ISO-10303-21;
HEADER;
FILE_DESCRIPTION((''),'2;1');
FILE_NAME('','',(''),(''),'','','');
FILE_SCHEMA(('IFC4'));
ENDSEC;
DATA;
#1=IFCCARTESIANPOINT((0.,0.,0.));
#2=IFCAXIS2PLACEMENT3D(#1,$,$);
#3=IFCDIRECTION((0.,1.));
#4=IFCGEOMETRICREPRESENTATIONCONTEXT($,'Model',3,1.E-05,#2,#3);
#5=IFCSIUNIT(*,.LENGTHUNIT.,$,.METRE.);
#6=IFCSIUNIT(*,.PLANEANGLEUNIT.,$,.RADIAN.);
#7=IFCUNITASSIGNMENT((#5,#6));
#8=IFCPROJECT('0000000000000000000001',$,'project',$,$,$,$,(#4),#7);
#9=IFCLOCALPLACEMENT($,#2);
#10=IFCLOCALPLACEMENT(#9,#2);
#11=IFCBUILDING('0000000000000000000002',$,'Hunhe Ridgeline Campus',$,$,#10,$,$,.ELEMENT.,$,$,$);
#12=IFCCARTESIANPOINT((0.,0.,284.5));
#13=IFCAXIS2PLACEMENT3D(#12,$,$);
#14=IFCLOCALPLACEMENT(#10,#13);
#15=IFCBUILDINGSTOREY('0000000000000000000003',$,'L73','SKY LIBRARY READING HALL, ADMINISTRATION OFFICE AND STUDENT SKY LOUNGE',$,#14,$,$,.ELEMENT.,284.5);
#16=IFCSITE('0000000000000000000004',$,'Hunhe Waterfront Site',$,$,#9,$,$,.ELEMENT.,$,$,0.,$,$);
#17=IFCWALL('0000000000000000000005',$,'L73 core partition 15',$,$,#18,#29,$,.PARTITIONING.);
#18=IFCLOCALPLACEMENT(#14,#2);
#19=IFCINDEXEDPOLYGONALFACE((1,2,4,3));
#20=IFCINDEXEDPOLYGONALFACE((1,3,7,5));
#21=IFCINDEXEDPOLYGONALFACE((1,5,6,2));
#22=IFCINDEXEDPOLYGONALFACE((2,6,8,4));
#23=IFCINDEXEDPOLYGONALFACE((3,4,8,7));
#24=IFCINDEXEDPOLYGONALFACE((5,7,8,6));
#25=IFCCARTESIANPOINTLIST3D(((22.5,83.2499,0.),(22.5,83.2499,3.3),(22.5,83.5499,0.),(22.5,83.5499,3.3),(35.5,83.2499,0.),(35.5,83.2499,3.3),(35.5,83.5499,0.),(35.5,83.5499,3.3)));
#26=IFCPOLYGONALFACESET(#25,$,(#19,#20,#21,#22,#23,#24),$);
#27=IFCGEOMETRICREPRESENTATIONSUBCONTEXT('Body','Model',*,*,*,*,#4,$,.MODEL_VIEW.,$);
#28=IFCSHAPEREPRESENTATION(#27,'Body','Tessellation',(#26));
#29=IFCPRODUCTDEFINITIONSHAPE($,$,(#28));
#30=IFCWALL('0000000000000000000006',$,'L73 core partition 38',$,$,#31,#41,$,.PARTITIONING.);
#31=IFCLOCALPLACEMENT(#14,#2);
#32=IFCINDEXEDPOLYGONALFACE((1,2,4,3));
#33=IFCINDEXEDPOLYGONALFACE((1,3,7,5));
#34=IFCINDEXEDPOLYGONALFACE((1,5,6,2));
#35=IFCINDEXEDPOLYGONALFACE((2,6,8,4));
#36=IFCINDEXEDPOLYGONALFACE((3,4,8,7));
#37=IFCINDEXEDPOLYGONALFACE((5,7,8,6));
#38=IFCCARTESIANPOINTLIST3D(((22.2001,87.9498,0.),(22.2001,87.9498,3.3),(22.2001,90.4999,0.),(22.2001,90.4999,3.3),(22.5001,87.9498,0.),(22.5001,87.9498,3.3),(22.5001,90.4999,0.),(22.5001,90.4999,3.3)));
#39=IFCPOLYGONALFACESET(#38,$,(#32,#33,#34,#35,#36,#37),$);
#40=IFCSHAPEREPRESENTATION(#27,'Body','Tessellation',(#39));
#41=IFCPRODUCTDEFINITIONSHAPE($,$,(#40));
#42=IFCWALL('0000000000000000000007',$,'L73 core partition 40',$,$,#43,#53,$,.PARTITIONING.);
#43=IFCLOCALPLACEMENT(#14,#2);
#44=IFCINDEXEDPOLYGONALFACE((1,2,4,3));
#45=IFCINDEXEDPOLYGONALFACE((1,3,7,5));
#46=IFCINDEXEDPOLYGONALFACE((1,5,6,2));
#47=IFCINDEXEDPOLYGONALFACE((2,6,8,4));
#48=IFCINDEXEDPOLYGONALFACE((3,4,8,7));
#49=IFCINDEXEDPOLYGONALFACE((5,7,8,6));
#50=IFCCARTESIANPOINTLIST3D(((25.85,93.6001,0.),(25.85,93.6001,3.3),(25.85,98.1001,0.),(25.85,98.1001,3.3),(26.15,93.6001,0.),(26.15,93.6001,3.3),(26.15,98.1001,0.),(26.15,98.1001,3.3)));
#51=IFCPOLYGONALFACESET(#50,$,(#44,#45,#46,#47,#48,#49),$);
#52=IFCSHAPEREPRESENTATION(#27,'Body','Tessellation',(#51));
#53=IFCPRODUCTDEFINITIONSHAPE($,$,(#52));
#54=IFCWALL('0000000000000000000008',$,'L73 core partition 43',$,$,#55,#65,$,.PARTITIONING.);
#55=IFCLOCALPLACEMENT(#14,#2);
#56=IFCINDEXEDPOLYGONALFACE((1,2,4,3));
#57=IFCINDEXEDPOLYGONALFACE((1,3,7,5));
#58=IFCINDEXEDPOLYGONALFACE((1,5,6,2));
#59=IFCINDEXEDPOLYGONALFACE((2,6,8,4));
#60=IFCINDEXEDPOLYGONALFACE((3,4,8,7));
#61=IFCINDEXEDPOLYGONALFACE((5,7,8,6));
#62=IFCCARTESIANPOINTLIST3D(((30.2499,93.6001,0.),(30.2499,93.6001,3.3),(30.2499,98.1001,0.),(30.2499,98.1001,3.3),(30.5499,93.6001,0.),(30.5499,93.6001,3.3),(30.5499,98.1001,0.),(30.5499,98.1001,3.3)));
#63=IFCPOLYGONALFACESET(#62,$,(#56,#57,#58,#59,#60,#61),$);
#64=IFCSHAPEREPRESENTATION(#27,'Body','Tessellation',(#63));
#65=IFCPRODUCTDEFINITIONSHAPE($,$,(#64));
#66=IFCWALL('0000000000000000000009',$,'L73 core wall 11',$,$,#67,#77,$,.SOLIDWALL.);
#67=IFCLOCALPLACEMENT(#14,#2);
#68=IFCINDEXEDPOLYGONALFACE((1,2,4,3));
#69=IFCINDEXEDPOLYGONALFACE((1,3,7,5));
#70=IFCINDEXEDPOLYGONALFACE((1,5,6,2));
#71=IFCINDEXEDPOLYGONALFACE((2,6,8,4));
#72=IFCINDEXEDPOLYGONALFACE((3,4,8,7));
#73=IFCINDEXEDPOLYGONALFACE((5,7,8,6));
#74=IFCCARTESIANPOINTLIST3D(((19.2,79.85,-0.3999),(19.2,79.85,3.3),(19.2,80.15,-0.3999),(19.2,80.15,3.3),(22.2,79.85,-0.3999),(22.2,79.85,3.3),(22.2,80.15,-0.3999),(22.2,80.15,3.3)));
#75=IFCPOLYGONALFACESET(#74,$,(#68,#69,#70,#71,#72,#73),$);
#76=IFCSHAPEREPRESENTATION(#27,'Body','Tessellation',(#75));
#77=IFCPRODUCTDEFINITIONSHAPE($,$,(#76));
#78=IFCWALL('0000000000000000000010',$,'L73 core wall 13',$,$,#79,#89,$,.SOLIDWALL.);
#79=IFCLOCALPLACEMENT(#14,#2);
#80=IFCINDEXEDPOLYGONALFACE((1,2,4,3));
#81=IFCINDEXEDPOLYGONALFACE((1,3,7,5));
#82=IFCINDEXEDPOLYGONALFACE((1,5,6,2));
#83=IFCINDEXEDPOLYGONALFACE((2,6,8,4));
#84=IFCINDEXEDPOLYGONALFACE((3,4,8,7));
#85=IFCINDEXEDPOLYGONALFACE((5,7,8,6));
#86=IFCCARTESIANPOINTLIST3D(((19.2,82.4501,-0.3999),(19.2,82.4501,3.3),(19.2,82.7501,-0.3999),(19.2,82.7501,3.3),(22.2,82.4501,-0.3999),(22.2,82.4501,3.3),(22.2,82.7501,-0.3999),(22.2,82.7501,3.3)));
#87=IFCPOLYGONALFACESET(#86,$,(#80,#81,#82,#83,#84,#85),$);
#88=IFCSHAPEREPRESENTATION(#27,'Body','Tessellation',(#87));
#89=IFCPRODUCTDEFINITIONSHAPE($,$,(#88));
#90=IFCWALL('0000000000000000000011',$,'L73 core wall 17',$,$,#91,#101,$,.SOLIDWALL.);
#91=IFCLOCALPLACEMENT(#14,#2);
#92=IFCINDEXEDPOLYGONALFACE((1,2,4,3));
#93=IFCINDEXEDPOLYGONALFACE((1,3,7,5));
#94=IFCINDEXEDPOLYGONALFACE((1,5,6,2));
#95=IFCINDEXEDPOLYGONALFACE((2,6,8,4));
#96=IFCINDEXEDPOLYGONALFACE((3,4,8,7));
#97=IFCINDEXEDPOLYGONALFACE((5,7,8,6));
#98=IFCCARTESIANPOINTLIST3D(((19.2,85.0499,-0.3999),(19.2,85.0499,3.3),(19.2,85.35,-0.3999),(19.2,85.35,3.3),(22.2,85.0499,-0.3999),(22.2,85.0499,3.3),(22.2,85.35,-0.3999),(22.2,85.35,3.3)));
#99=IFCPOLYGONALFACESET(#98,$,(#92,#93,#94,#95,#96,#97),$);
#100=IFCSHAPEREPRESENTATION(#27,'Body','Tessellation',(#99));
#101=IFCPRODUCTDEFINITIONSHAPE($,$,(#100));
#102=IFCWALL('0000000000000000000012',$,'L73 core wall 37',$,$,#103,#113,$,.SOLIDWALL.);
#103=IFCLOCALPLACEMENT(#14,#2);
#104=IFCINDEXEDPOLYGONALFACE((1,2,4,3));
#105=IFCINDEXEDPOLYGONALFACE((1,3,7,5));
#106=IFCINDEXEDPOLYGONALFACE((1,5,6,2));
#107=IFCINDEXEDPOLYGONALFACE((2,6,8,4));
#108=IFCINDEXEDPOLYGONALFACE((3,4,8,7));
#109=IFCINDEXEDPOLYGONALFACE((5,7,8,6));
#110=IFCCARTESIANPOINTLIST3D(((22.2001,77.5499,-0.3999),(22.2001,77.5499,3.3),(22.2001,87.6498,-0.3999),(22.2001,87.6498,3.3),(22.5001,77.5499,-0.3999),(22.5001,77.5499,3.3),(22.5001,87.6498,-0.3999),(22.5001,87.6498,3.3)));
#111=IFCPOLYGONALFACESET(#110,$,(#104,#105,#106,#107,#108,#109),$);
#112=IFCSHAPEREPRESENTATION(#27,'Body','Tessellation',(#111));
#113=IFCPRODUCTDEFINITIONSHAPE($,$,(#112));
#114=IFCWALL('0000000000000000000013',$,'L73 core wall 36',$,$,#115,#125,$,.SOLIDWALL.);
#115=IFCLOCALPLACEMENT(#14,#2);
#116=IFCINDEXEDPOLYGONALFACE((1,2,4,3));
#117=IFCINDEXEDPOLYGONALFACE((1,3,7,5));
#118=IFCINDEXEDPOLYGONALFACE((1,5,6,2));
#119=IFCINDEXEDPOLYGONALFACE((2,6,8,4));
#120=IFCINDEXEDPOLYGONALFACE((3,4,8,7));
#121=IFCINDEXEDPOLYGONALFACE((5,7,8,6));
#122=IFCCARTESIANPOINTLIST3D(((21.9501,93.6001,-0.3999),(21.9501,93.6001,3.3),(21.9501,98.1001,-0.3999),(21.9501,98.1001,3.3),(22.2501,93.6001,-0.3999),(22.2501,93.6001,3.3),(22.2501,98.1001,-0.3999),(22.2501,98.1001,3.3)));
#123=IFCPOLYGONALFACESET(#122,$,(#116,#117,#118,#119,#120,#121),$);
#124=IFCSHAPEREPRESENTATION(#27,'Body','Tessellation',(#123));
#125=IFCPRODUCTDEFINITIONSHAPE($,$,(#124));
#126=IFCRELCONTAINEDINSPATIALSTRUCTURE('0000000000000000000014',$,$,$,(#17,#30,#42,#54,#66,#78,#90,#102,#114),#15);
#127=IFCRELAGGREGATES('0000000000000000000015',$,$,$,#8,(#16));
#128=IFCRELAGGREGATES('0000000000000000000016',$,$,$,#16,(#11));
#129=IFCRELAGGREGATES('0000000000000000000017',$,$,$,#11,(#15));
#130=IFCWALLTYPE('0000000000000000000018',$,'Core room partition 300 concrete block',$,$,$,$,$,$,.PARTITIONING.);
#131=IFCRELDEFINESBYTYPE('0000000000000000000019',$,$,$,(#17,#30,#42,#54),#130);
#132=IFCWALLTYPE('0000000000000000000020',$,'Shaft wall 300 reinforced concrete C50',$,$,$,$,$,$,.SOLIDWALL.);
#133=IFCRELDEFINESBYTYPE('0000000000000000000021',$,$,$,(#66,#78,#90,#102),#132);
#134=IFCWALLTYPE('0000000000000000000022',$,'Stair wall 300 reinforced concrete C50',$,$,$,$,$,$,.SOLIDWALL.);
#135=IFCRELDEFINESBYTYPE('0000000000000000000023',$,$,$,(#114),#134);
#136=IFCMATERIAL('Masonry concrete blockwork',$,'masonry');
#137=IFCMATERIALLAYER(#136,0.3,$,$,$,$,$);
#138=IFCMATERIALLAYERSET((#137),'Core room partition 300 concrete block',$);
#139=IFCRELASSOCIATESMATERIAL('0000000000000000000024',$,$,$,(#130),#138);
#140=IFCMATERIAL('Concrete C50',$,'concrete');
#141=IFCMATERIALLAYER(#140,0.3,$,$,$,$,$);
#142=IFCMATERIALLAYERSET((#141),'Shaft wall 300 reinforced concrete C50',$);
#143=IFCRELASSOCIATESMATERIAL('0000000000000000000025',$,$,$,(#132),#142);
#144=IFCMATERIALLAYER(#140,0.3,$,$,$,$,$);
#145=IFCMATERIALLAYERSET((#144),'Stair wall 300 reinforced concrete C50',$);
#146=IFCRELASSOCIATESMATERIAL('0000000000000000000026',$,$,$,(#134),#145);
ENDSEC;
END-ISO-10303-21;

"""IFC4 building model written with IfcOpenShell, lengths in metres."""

from ifc_helpers import new_model, si_unit, direction, frame, frame_2d, origin, place, context, subcontext, project, spatial, rectangle, extrude, material, layer, layer_set, type_object, element, save


model = new_model("IFC4")

# Units and contexts
model_context = context("Model", 3, precision=1e-05, world=origin(), true_north=direction((0.0, 1.0)))
body_context = subcontext(model_context, "Body", "Model", "MODEL_VIEW")
ifc_project = project(units=[si_unit("LENGTHUNIT", "METRE"), si_unit("PLANEANGLEUNIT", "RADIAN")], contexts=[model_context])

# Site, building, storey
site_placement = place(None, origin())
site = spatial("IfcSite", under=ifc_project, at=site_placement, Name="Hunhe Waterfront Site", CompositionType="ELEMENT", RefElevation=0.0)
building_placement = place(site_placement, origin())
building = spatial("IfcBuilding", under=site, at=building_placement, Name="Hunhe Ridgeline Campus", CompositionType="ELEMENT")
storey_placement = place(building_placement, frame((0.0, 0.0, 284.5)))
storey = spatial("IfcBuildingStorey", under=building, at=storey_placement, Name="L73", Description="SKY LIBRARY READING HALL, ADMINISTRATION OFFICE AND STUDENT SKY LOUNGE", CompositionType="ELEMENT", Elevation=284.5)

# Shared definitions
ifc_material_1 = material(Name="Masonry concrete blockwork", Category="masonry")
ifc_layer_1 = layer(ifc_material_1, 0.3)
ifc_layer_set_1 = layer_set([ifc_layer_1], Name="Core room partition 300 concrete block")
wall_type_1 = type_object("IfcWallType", Name="Core room partition 300 concrete block", PredefinedType="PARTITIONING", material=ifc_layer_set_1)

# Walls
wall_1_placement = place(storey_placement, frame((22.5, 83.3999, 0.0), z_axis=(0.0, 0.0, 1.0), x_axis=(1.0, 0.0, 0.0)))
element("IfcWall", 1, at=wall_1_placement, inside=storey, type_object=wall_type_1, Name="L73 core partition 15", PredefinedType="PARTITIONING", context=body_context, shape_type="SweptSolid", body=[
    extrude(rectangle(XDim=13.0, YDim=0.3, at=frame_2d((6.5, 0.0))), origin(), (0.0, 0.0, 1.0), 3.3),
])
wall_2_placement = place(storey_placement, frame((22.3501, 87.95, 0.0), z_axis=(0.0, 0.0, 1.0), x_axis=(0.0, 1.0, 0.0)))
element("IfcWall", 2, at=wall_2_placement, inside=storey, type_object=wall_type_1, Name="L73 core partition 38", PredefinedType="PARTITIONING", context=body_context, shape_type="SweptSolid", body=[
    extrude(rectangle(XDim=2.55, YDim=0.3, at=frame_2d((1.2749, 0.0))), origin(), (0.0, 0.0, 1.0), 3.3),
])
for number, where, z_axis, x_axis, name in (
    (3, (26.0, 93.6001, 0.0), (0.0, 0.0, 1.0), (0.0, 1.0, 0.0), "L73 core partition 40"),
    (4, (30.3999, 93.6001, 0.0), (0.0, 0.0, 1.0), (0.0, 1.0, 0.0), "L73 core partition 43"),
):
    element("IfcWall", number, at=place(storey_placement, frame(where, z_axis=z_axis, x_axis=x_axis)), inside=storey, type_object=wall_type_1, Name=name, PredefinedType="PARTITIONING", context=body_context, shape_type="SweptSolid", body=[
        extrude(rectangle(XDim=4.5, YDim=0.3, at=frame_2d((2.25, 0.0))), origin(), (0.0, 0.0, 1.0), 3.3),
    ])
ifc_material_2 = material(Name="Concrete C50", Category="concrete")
ifc_layer_2 = layer(ifc_material_2, 0.3)
ifc_layer_set_2 = layer_set([ifc_layer_2], Name="Shaft wall 300 reinforced concrete C50")
wall_type_2 = type_object("IfcWallType", Name="Shaft wall 300 reinforced concrete C50", PredefinedType="SOLIDWALL", material=ifc_layer_set_2)
for number, where, z_axis, x_axis, name in (
    (5, (19.2, 80.0, -0.3999), (0.0, 0.0, 1.0), (1.0, 0.0, 0.0), "L73 core wall 11"),
    (6, (19.2, 82.6001, -0.3999), (0.0, 0.0, 1.0), (1.0, 0.0, 0.0), "L73 core wall 13"),
    (7, (19.2, 85.2, -0.3999), (0.0, 0.0, 1.0), (1.0, 0.0, 0.0), "L73 core wall 17"),
):
    element("IfcWall", number, at=place(storey_placement, frame(where, z_axis=z_axis, x_axis=x_axis)), inside=storey, type_object=wall_type_2, Name=name, PredefinedType="SOLIDWALL", context=body_context, shape_type="SweptSolid", body=[
        extrude(rectangle(XDim=3.0, YDim=0.3, at=frame_2d((1.5, 0.0))), origin(), (0.0, 0.0, 1.0), 3.7),
    ])

# Walls
wall_3_placement = place(storey_placement, frame((22.3501, 77.55, -0.3999), z_axis=(0.0, 0.0, 1.0), x_axis=(0.0, 1.0, 0.0)))
element("IfcWall", 8, at=wall_3_placement, inside=storey, type_object=wall_type_2, Name="L73 core wall 37", PredefinedType="SOLIDWALL", context=body_context, shape_type="SweptSolid", body=[
    extrude(rectangle(XDim=10.0999, YDim=0.3, at=frame_2d((5.0498, 0.0))), origin(), (0.0, 0.0, 1.0), 3.7),
])
ifc_layer_3 = layer(ifc_material_2, 0.3)
ifc_layer_set_3 = layer_set([ifc_layer_3], Name="Stair wall 300 reinforced concrete C50")
wall_type_3 = type_object("IfcWallType", Name="Stair wall 300 reinforced concrete C50", PredefinedType="SOLIDWALL", material=ifc_layer_set_3)
wall_4_placement = place(storey_placement, frame((22.1001, 93.6001, -0.3999), z_axis=(0.0, 0.0, 1.0), x_axis=(0.0, 1.0, 0.0)))
element("IfcWall", 9, at=wall_4_placement, inside=storey, type_object=wall_type_3, Name="L73 core wall 36", PredefinedType="SOLIDWALL", context=body_context, shape_type="SweptSolid", body=[
    extrude(rectangle(XDim=4.5, YDim=0.3, at=frame_2d((2.25, 0.0))), origin(), (0.0, 0.0, 1.0), 3.7),
])

save(model, "model.ifc")
